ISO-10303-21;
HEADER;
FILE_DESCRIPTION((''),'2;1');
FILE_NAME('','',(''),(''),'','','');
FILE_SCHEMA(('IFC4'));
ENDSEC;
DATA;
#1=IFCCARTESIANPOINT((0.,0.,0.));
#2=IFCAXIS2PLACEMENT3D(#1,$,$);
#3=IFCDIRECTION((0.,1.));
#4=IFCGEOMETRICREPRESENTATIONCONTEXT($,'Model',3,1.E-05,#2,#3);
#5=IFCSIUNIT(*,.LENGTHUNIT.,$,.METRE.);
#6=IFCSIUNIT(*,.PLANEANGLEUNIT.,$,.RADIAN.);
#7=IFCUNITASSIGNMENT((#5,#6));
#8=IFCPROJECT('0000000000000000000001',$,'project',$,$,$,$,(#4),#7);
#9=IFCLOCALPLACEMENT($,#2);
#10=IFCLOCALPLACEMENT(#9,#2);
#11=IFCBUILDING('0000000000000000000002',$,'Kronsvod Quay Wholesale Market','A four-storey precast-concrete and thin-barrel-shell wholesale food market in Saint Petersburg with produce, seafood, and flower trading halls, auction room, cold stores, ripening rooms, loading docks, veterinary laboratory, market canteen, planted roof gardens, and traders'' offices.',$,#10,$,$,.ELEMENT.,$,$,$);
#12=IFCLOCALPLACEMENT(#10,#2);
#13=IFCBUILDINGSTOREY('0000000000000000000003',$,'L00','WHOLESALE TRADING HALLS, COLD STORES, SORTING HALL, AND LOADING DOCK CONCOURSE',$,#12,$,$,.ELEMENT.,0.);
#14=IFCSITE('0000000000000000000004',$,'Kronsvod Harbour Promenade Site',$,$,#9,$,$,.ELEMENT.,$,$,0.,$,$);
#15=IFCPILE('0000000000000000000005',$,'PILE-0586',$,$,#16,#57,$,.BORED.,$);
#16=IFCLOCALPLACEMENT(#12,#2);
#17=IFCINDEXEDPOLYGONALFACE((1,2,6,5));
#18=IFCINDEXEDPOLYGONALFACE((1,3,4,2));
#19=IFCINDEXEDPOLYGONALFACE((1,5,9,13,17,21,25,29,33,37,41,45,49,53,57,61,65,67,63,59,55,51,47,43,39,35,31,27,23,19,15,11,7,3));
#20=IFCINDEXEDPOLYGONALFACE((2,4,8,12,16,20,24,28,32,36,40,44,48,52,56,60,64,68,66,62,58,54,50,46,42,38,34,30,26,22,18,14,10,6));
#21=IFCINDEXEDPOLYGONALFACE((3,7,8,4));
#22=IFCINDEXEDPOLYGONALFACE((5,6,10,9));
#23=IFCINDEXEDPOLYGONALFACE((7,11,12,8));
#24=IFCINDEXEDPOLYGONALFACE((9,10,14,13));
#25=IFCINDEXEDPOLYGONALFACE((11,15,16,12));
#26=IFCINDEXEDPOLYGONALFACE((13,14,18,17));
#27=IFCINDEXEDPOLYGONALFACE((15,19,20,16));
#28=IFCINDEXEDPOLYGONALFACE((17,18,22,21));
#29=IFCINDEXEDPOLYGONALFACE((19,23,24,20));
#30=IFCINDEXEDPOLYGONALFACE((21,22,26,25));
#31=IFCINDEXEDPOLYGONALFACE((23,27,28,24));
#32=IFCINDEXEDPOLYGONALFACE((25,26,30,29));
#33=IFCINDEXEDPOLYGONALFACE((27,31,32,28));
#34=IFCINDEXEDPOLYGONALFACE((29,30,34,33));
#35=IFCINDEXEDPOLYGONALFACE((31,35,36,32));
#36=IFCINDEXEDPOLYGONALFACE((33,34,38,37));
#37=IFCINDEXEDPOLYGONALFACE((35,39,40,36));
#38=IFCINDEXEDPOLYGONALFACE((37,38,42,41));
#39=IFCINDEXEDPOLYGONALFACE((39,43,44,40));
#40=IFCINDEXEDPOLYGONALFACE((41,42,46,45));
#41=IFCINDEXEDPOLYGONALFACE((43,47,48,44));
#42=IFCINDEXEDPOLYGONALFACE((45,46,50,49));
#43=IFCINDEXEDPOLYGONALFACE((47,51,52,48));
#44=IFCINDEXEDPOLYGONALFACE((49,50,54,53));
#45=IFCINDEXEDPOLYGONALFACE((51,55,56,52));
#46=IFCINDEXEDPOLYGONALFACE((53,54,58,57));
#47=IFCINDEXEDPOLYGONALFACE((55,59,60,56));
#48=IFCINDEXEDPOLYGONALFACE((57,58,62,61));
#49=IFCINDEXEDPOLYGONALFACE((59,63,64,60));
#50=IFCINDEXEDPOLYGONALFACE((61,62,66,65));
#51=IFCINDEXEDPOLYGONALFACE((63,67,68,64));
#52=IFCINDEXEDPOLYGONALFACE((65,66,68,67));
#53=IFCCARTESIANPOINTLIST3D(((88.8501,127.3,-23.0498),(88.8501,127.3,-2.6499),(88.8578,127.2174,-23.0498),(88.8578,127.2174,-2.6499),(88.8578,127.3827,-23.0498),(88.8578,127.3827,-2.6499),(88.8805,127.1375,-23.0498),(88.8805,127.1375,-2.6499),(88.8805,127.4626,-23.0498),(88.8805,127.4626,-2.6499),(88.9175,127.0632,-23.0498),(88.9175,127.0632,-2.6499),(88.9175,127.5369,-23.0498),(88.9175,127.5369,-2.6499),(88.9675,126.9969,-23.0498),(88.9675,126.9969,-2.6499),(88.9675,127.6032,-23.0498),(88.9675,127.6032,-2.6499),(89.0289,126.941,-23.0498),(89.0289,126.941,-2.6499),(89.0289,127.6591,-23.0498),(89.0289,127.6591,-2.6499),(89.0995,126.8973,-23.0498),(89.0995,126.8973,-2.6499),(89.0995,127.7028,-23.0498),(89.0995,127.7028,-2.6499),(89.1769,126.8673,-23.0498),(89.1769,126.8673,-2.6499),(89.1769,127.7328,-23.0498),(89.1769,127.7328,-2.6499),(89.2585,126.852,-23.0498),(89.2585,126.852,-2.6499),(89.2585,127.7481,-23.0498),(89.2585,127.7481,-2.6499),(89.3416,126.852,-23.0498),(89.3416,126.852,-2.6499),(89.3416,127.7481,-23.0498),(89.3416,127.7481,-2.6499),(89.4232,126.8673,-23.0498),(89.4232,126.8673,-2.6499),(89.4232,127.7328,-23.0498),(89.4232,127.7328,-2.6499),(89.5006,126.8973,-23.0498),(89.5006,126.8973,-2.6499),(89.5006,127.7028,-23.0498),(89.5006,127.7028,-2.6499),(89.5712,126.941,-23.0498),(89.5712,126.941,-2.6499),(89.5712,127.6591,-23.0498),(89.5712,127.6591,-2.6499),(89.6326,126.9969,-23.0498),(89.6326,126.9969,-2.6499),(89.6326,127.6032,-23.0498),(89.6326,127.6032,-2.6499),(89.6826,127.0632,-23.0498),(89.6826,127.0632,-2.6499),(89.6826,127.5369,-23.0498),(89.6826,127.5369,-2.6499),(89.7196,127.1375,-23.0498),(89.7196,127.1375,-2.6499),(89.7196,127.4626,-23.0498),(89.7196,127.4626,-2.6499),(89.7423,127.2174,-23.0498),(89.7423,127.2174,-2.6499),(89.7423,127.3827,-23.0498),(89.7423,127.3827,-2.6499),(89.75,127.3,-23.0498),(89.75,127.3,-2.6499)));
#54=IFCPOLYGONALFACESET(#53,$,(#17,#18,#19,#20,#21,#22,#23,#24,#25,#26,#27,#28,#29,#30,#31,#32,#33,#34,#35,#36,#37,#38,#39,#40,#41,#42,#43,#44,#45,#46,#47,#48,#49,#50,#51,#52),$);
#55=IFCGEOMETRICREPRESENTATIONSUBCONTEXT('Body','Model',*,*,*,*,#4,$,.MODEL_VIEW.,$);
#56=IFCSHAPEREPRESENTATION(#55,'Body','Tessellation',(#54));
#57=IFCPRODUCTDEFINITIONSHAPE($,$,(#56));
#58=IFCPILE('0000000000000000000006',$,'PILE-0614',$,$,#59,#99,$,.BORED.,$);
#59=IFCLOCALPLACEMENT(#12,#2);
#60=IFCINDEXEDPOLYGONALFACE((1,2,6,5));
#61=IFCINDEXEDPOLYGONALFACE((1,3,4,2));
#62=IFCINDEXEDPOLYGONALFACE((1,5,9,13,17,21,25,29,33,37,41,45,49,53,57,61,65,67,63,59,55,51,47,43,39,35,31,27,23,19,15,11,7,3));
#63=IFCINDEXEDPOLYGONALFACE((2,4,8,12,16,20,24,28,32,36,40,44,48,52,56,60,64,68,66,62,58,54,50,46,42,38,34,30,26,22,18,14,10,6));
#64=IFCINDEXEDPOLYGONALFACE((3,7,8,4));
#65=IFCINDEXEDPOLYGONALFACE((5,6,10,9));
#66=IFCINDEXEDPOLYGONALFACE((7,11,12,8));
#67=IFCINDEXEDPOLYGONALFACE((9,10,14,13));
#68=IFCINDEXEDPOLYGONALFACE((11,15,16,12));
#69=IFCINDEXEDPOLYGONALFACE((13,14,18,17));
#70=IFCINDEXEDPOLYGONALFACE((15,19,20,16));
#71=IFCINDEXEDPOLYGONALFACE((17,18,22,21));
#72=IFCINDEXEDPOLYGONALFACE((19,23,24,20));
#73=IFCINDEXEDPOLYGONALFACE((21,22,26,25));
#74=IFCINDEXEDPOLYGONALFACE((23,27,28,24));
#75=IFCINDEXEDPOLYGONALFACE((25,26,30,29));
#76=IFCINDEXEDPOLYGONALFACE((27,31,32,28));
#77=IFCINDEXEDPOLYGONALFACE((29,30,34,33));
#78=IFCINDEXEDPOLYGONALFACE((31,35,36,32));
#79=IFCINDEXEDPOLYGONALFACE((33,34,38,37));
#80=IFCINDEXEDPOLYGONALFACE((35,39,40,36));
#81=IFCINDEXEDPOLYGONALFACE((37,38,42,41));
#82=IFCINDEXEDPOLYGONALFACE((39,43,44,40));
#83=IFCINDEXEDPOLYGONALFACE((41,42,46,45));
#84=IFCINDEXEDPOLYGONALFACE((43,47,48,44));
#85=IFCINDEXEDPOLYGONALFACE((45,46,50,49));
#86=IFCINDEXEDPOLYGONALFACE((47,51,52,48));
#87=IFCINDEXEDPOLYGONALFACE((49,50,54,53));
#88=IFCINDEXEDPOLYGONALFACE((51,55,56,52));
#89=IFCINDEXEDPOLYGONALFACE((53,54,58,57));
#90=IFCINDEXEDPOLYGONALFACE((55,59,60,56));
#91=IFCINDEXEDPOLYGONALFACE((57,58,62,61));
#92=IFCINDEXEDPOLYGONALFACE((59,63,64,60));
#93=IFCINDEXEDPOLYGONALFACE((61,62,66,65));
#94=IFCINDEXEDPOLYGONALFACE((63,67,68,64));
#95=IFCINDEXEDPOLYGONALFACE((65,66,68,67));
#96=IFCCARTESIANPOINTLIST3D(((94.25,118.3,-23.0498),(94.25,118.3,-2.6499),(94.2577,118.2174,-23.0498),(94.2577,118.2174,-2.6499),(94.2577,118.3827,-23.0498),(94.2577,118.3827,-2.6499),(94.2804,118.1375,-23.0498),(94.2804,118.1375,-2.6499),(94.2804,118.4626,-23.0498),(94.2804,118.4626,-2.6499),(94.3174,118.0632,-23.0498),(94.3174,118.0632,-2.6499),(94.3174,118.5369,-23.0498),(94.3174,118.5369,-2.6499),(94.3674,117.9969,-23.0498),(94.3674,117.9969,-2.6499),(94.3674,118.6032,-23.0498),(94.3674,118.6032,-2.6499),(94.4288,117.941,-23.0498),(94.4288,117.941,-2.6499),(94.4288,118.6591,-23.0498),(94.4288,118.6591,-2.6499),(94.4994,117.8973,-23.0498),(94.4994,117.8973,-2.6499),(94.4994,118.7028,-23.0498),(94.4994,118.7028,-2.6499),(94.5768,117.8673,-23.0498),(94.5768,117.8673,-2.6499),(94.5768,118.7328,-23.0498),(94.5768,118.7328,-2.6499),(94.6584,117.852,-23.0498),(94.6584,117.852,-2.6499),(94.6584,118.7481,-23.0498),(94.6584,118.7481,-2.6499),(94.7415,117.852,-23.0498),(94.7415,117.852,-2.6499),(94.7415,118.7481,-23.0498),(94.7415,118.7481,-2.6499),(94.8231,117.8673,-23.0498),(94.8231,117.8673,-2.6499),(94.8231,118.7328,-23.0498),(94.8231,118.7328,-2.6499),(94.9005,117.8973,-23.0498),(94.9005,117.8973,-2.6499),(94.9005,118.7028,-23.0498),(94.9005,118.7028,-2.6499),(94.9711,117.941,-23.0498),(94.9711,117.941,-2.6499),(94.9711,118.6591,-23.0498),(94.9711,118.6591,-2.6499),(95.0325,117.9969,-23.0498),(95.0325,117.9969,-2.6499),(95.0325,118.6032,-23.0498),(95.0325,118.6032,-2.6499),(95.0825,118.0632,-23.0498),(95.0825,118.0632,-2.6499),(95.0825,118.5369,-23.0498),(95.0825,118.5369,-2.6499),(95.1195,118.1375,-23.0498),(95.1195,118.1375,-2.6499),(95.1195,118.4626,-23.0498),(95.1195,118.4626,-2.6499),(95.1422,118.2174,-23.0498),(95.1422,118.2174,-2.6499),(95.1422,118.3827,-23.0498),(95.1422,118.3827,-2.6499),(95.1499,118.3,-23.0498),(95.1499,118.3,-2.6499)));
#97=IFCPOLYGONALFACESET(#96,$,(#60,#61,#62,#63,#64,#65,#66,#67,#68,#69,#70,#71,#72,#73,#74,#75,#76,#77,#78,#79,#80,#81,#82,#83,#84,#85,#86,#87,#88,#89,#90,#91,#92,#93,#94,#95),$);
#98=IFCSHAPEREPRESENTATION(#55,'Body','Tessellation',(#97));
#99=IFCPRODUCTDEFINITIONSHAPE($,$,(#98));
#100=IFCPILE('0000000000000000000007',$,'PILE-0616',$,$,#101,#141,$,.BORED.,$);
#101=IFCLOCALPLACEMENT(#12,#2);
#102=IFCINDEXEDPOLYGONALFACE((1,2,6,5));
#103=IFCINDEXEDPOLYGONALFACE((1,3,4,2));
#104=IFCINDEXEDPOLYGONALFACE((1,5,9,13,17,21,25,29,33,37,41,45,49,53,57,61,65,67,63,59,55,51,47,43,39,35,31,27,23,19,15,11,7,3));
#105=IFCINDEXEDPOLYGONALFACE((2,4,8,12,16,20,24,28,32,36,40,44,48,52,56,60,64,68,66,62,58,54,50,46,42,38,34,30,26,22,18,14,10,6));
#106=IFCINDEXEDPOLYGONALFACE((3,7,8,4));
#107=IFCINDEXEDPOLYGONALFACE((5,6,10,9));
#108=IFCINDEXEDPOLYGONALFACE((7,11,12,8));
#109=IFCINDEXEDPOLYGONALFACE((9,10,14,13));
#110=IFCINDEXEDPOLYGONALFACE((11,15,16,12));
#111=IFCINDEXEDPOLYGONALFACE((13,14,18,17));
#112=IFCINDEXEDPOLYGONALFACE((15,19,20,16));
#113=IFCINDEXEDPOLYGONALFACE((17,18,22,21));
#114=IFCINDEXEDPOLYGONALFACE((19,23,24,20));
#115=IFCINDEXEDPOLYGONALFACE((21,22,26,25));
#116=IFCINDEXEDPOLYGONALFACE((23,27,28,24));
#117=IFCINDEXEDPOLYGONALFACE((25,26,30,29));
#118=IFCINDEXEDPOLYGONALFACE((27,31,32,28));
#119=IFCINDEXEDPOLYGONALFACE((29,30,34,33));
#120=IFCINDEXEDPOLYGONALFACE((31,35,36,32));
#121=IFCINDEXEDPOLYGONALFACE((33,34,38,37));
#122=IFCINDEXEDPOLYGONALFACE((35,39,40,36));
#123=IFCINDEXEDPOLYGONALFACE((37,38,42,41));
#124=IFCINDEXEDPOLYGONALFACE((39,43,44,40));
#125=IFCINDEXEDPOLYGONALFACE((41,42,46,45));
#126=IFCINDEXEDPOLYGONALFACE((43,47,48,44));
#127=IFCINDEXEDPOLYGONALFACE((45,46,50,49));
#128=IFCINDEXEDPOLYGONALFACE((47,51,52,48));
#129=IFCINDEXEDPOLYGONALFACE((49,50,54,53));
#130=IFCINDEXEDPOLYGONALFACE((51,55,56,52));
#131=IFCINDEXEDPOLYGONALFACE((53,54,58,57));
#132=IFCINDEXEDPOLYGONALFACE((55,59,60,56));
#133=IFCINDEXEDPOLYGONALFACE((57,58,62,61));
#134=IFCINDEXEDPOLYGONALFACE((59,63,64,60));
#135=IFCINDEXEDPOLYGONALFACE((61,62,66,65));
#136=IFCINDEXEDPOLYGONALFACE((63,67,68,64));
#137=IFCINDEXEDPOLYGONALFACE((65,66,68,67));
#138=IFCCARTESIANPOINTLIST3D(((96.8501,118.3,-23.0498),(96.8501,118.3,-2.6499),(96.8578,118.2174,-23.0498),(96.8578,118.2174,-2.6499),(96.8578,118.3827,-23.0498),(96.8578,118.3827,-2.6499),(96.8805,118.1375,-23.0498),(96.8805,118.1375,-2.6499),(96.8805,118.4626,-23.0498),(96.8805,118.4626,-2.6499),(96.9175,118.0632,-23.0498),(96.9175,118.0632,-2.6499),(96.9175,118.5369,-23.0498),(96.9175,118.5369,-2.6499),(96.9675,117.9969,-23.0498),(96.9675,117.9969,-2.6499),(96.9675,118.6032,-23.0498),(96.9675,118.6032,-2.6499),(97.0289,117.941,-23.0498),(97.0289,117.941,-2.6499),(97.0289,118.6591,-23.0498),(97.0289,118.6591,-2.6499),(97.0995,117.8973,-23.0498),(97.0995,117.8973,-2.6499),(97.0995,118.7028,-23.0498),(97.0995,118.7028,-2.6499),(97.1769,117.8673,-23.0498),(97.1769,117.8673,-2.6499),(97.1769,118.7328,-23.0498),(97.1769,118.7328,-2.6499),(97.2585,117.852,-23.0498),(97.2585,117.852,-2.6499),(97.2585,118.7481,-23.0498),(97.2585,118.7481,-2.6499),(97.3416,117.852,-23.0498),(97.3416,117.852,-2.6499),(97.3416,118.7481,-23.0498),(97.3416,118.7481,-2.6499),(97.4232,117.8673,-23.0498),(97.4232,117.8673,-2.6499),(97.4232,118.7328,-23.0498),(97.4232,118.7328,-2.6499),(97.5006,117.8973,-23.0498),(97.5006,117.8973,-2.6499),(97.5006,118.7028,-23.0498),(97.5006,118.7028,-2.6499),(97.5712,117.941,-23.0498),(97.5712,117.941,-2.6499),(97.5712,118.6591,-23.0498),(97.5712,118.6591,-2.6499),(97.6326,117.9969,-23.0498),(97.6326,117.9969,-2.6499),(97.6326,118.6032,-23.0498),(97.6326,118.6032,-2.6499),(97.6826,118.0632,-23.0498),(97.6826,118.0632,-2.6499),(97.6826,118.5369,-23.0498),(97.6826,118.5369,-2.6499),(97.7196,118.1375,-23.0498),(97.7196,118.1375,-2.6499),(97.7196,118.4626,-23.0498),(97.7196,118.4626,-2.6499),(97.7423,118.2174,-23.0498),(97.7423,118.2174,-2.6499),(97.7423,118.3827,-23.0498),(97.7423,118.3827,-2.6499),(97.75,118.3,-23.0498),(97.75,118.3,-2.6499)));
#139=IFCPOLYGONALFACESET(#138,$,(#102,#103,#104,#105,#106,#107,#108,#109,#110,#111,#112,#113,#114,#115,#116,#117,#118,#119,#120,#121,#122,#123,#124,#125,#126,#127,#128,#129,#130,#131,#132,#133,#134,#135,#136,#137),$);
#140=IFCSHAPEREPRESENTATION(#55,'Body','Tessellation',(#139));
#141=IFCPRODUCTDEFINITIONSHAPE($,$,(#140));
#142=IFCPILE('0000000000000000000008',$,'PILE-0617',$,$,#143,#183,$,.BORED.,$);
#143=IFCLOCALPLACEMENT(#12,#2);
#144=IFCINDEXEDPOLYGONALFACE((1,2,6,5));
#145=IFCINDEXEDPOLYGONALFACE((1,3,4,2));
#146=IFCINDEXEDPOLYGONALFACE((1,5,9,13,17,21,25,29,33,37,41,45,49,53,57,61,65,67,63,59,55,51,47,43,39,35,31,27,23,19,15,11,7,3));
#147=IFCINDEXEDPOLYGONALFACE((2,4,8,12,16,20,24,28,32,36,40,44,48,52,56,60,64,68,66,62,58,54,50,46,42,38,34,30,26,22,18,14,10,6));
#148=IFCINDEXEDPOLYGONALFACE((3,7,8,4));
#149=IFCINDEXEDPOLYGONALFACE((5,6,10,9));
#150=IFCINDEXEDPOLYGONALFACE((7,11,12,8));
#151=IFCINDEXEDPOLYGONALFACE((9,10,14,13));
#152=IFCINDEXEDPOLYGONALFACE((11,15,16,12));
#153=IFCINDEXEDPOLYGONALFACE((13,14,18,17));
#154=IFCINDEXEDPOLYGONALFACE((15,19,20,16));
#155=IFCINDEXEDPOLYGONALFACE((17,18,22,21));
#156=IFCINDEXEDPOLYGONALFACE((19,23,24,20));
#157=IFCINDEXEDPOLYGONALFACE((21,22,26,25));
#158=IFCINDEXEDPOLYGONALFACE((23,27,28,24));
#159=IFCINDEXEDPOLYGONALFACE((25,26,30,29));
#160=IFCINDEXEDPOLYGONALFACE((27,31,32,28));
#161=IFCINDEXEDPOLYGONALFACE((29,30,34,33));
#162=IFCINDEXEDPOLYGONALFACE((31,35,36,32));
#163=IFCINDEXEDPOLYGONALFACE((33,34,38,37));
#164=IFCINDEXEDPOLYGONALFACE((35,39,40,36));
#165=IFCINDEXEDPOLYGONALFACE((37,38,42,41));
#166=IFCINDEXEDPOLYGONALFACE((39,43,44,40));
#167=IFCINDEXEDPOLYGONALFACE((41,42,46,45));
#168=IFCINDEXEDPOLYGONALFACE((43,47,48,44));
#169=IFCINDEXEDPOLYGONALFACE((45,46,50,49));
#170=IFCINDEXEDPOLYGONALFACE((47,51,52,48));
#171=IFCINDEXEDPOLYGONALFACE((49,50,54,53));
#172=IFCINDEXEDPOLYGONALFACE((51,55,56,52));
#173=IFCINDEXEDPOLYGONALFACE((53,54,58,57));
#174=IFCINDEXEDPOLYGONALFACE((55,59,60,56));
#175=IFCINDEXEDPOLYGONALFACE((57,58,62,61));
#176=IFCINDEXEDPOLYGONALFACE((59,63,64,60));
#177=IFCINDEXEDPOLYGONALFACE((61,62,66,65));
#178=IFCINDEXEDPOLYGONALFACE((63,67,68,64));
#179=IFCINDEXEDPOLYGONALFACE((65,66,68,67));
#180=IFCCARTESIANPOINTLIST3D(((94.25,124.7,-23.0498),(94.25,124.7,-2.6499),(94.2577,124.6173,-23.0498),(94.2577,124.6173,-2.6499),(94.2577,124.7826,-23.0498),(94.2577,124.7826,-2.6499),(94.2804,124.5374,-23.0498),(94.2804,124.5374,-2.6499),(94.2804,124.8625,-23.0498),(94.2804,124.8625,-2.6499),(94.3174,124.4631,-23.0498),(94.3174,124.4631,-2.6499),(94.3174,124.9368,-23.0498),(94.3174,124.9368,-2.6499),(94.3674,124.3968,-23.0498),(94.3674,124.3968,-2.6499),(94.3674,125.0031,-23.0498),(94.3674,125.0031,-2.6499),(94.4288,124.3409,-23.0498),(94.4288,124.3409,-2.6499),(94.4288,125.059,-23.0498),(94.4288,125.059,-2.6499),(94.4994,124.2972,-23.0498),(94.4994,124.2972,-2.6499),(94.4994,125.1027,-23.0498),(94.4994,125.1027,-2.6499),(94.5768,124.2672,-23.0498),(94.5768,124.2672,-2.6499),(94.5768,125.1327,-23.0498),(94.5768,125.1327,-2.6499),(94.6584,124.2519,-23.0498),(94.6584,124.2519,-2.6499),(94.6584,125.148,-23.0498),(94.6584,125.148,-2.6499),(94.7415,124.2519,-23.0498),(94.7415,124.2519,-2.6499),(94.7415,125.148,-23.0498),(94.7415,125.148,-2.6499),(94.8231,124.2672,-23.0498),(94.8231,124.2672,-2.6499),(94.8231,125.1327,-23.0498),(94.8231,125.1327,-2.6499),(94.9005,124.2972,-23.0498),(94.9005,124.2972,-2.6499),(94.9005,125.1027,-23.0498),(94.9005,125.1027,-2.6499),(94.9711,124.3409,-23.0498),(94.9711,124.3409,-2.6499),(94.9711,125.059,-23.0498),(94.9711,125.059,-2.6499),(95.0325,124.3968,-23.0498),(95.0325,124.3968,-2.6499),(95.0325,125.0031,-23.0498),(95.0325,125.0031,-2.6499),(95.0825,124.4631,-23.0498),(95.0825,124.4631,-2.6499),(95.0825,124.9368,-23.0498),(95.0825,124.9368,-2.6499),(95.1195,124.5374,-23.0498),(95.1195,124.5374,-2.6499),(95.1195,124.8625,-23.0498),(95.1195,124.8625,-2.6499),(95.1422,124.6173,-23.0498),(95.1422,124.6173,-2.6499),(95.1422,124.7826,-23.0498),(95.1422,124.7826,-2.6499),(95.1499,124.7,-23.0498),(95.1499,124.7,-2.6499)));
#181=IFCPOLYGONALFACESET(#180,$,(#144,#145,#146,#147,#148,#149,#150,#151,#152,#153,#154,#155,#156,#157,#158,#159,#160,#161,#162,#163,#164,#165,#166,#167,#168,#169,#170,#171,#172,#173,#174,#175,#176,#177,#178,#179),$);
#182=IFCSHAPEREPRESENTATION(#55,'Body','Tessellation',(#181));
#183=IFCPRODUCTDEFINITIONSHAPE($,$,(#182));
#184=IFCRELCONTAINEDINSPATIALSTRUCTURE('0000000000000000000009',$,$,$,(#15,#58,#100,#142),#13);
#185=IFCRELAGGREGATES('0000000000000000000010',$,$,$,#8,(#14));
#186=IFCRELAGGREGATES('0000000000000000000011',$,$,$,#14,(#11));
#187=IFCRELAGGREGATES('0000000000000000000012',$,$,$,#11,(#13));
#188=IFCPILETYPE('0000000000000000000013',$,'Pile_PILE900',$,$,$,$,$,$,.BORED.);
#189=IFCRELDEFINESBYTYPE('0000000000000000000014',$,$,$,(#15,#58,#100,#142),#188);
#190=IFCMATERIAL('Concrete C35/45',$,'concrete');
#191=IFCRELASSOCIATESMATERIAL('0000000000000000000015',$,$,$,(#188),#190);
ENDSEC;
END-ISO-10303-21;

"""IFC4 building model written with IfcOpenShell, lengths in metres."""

from ifc_helpers import new_model, si_unit, direction, frame, origin, origin_2d, place, context, subcontext, project, spatial, circle, extrude, material, material_profile, profile_set, type_object, element, save


model = new_model("IFC4")

# Units and contexts
model_context = context("Model", 3, precision=1e-05, world=origin(), true_north=direction((0.0, 1.0)))
body_context = subcontext(model_context, "Body", "Model", "MODEL_VIEW")
ifc_project = project(units=[si_unit("LENGTHUNIT", "METRE"), si_unit("PLANEANGLEUNIT", "RADIAN")], contexts=[model_context])

# Site, building, storey
site_placement = place(None, origin())
site = spatial("IfcSite", under=ifc_project, at=site_placement, Name="Kronsvod Harbour Promenade Site", CompositionType="ELEMENT", RefElevation=0.0)
building_placement = place(site_placement, origin())
building = spatial("IfcBuilding", under=site, at=building_placement, Name="Kronsvod Quay Wholesale Market", Description="A four-storey precast-concrete and thin-barrel-shell wholesale food market in Saint Petersburg with produce, seafood, and flower trading halls, auction room, cold stores, ripening rooms, loading docks, veterinary laboratory, market canteen, planted roof gardens, and traders' offices.", CompositionType="ELEMENT")
storey_placement = place(building_placement, origin())
storey = spatial("IfcBuildingStorey", under=building, at=storey_placement, Name="L00", Description="WHOLESALE TRADING HALLS, COLD STORES, SORTING HALL, AND LOADING DOCK CONCOURSE", CompositionType="ELEMENT", Elevation=0.0)

# Piles
ifc_material_1 = material(Name="Concrete C35/45", Category="concrete")
ifc_material_profile_1 = material_profile(ifc_material_1, circle(Radius=0.45, at=origin_2d()), Name="PILE900")
ifc_profile_set_1 = profile_set([ifc_material_profile_1], Name="Concrete C35/45")
pile_type = type_object("IfcPileType", Name="Pile_PILE900", PredefinedType="BORED", material=ifc_profile_set_1)
for number, where, z_axis, x_axis, name in (
    (1, (89.3, 127.3, -2.6499), (0.0, 0.0, -1.0), (1.0, 0.0, 0.0), "PILE-0586"),
    (2, (94.7, 118.3, -2.6499), (0.0, 0.0, -1.0), (1.0, 0.0, 0.0), "PILE-0614"),
    (3, (97.3, 118.3, -2.6499), (0.0, 0.0, -1.0), (1.0, 0.0, 0.0), "PILE-0616"),
    (4, (94.7, 124.7, -2.6499), (0.0, 0.0, -1.0), (1.0, 0.0, 0.0), "PILE-0617"),
):
    element("IfcPile", number, at=place(storey_placement, frame(where, z_axis=z_axis, x_axis=x_axis)), inside=storey, type_object=pile_type, Name=name, PredefinedType="BORED", context=body_context, shape_type="SweptSolid", body=[
        extrude(circle(Radius=0.45, at=origin_2d()), origin(), (0.0, 0.0, 1.0), 20.3999),
    ])

save(model, "model.ifc")
